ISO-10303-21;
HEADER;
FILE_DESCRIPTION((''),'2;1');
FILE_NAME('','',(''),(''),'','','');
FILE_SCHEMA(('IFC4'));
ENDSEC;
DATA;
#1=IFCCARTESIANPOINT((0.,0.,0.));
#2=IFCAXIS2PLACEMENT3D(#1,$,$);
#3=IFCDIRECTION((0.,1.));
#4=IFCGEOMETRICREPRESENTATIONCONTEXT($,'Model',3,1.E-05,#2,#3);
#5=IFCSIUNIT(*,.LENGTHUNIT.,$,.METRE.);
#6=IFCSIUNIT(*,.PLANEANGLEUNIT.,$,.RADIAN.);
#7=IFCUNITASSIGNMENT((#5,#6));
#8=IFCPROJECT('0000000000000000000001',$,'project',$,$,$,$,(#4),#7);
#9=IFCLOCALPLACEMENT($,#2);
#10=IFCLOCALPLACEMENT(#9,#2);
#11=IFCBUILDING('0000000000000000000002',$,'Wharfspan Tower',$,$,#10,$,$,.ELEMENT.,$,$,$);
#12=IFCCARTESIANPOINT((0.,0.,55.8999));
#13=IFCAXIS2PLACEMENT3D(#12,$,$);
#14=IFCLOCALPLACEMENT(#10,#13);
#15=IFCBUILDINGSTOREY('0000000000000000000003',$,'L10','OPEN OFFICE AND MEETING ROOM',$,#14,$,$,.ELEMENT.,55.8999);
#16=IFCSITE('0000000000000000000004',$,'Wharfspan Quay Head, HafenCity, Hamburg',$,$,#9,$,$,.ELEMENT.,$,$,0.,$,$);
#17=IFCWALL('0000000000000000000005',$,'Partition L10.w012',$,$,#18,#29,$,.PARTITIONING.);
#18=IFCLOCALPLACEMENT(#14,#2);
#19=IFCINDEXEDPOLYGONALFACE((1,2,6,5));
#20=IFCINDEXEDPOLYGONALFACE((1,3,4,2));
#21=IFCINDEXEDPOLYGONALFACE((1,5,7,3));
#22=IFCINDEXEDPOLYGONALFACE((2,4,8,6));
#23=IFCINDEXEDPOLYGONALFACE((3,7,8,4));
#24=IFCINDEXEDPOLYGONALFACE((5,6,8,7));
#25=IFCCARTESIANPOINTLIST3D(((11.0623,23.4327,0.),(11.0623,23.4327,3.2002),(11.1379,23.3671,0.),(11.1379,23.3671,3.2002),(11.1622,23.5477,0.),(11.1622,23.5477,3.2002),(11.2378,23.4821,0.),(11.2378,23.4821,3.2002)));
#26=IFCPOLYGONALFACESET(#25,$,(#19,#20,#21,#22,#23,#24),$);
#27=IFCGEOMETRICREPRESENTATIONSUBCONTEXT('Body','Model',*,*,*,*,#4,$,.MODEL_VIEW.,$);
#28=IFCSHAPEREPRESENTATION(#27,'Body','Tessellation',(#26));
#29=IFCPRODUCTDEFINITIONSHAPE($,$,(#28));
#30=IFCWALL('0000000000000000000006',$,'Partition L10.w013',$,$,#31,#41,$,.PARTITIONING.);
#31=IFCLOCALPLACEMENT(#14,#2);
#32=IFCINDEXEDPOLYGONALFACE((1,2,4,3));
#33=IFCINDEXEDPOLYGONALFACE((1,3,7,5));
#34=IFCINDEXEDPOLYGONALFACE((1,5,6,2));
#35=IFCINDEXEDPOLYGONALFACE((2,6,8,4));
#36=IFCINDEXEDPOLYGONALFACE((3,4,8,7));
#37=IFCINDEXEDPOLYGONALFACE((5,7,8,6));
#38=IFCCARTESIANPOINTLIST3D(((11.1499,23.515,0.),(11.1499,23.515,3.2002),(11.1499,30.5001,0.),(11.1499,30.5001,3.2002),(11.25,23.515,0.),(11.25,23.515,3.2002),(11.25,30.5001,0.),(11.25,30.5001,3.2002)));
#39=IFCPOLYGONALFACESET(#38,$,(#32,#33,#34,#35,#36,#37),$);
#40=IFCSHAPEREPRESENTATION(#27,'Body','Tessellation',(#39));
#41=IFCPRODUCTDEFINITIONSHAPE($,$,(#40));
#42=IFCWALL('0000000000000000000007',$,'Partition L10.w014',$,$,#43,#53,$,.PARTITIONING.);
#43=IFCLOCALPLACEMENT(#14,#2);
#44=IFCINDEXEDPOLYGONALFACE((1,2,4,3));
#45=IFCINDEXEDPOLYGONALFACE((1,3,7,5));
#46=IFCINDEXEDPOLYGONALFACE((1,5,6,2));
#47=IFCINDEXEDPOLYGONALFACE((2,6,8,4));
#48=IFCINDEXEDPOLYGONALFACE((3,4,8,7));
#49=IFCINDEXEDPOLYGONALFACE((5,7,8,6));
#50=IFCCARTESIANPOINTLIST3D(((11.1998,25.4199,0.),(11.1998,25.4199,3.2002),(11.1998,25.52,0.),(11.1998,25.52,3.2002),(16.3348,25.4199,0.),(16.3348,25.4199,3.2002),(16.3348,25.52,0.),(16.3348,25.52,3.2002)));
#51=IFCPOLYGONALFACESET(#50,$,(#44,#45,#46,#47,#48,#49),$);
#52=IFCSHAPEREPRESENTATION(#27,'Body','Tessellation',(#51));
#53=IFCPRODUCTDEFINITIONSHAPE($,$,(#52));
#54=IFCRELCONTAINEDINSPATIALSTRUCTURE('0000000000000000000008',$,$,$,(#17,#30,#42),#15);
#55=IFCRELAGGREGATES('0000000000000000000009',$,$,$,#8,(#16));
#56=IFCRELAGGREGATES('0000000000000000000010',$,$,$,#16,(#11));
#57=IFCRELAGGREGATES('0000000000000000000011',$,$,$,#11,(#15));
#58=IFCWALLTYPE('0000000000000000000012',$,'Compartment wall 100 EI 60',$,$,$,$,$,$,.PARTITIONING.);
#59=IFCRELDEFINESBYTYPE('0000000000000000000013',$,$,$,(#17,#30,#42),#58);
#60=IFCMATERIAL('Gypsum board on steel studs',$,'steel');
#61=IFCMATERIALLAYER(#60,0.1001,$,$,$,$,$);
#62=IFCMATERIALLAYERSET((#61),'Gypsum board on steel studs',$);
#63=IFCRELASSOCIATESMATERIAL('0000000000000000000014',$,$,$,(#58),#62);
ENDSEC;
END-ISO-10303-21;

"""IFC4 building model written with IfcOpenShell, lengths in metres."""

from ifc_helpers import new_model, si_unit, direction, frame, frame_2d, origin, place, context, subcontext, project, spatial, rectangle, extrude, material, layer, layer_set, type_object, element, save


model = new_model("IFC4")

# Units and contexts
model_context = context("Model", 3, precision=1e-05, world=origin(), true_north=direction((0.0, 1.0)))
body_context = subcontext(model_context, "Body", "Model", "MODEL_VIEW")
ifc_project = project(units=[si_unit("LENGTHUNIT", "METRE"), si_unit("PLANEANGLEUNIT", "RADIAN")], contexts=[model_context])

# Site, building, storey
site_placement = place(None, origin())
site = spatial("IfcSite", under=ifc_project, at=site_placement, Name="Wharfspan Quay Head, HafenCity, Hamburg", CompositionType="ELEMENT", RefElevation=0.0)
building_placement = place(site_placement, origin())
building = spatial("IfcBuilding", under=site, at=building_placement, Name="Wharfspan Tower", CompositionType="ELEMENT")
storey_placement = place(building_placement, frame((0.0, 0.0, 55.8999)))
storey = spatial("IfcBuildingStorey", under=building, at=storey_placement, Name="L10", Description="OPEN OFFICE AND MEETING ROOM", CompositionType="ELEMENT", Elevation=55.8999)

# Walls
ifc_material = material(Name="Gypsum board on steel studs", Category="steel")
ifc_layer = layer(ifc_material, 0.1001)
ifc_layer_set = layer_set([ifc_layer], Name="Gypsum board on steel studs")
wall_type = type_object("IfcWallType", Name="Compartment wall 100 EI 60", PredefinedType="PARTITIONING", material=ifc_layer_set)
wall_1_placement = place(storey_placement, frame((11.1001, 23.3999, 0.0), z_axis=(0.0, 0.0, 1.0), x_axis=(0.65566, 0.755051, 0.0)))
element("IfcWall", 1, at=wall_1_placement, inside=storey, type_object=wall_type, Name="Partition L10.w012", PredefinedType="PARTITIONING", context=body_context, shape_type="SweptSolid", body=[
    extrude(rectangle(XDim=0.1523, YDim=0.1001, at=frame_2d((0.0762, 0.0))), origin(), (0.0, 0.0, 1.0), 3.2002),
])
wall_2_placement = place(storey_placement, frame((11.2, 23.5149, 0.0), z_axis=(0.0, 0.0, 1.0), x_axis=(0.0, 1.0, 0.0)))
element("IfcWall", 2, at=wall_2_placement, inside=storey, type_object=wall_type, Name="Partition L10.w013", PredefinedType="PARTITIONING", context=body_context, shape_type="SweptSolid", body=[
    extrude(rectangle(XDim=6.9851, YDim=0.1001, at=frame_2d((3.4927, 0.0))), origin(), (0.0, 0.0, 1.0), 3.2002),
])
wall_3_placement = place(storey_placement, frame((11.2, 25.47, 0.0), z_axis=(0.0, 0.0, 1.0), x_axis=(1.0, 0.0, 0.0)))
element("IfcWall", 3, at=wall_3_placement, inside=storey, type_object=wall_type, Name="Partition L10.w014", PredefinedType="PARTITIONING", context=body_context, shape_type="SweptSolid", body=[
    extrude(rectangle(XDim=5.135, YDim=0.1001, at=frame_2d((2.5674, 0.0))), origin(), (0.0, 0.0, 1.0), 3.2002),
])

save(model, "model.ifc")
